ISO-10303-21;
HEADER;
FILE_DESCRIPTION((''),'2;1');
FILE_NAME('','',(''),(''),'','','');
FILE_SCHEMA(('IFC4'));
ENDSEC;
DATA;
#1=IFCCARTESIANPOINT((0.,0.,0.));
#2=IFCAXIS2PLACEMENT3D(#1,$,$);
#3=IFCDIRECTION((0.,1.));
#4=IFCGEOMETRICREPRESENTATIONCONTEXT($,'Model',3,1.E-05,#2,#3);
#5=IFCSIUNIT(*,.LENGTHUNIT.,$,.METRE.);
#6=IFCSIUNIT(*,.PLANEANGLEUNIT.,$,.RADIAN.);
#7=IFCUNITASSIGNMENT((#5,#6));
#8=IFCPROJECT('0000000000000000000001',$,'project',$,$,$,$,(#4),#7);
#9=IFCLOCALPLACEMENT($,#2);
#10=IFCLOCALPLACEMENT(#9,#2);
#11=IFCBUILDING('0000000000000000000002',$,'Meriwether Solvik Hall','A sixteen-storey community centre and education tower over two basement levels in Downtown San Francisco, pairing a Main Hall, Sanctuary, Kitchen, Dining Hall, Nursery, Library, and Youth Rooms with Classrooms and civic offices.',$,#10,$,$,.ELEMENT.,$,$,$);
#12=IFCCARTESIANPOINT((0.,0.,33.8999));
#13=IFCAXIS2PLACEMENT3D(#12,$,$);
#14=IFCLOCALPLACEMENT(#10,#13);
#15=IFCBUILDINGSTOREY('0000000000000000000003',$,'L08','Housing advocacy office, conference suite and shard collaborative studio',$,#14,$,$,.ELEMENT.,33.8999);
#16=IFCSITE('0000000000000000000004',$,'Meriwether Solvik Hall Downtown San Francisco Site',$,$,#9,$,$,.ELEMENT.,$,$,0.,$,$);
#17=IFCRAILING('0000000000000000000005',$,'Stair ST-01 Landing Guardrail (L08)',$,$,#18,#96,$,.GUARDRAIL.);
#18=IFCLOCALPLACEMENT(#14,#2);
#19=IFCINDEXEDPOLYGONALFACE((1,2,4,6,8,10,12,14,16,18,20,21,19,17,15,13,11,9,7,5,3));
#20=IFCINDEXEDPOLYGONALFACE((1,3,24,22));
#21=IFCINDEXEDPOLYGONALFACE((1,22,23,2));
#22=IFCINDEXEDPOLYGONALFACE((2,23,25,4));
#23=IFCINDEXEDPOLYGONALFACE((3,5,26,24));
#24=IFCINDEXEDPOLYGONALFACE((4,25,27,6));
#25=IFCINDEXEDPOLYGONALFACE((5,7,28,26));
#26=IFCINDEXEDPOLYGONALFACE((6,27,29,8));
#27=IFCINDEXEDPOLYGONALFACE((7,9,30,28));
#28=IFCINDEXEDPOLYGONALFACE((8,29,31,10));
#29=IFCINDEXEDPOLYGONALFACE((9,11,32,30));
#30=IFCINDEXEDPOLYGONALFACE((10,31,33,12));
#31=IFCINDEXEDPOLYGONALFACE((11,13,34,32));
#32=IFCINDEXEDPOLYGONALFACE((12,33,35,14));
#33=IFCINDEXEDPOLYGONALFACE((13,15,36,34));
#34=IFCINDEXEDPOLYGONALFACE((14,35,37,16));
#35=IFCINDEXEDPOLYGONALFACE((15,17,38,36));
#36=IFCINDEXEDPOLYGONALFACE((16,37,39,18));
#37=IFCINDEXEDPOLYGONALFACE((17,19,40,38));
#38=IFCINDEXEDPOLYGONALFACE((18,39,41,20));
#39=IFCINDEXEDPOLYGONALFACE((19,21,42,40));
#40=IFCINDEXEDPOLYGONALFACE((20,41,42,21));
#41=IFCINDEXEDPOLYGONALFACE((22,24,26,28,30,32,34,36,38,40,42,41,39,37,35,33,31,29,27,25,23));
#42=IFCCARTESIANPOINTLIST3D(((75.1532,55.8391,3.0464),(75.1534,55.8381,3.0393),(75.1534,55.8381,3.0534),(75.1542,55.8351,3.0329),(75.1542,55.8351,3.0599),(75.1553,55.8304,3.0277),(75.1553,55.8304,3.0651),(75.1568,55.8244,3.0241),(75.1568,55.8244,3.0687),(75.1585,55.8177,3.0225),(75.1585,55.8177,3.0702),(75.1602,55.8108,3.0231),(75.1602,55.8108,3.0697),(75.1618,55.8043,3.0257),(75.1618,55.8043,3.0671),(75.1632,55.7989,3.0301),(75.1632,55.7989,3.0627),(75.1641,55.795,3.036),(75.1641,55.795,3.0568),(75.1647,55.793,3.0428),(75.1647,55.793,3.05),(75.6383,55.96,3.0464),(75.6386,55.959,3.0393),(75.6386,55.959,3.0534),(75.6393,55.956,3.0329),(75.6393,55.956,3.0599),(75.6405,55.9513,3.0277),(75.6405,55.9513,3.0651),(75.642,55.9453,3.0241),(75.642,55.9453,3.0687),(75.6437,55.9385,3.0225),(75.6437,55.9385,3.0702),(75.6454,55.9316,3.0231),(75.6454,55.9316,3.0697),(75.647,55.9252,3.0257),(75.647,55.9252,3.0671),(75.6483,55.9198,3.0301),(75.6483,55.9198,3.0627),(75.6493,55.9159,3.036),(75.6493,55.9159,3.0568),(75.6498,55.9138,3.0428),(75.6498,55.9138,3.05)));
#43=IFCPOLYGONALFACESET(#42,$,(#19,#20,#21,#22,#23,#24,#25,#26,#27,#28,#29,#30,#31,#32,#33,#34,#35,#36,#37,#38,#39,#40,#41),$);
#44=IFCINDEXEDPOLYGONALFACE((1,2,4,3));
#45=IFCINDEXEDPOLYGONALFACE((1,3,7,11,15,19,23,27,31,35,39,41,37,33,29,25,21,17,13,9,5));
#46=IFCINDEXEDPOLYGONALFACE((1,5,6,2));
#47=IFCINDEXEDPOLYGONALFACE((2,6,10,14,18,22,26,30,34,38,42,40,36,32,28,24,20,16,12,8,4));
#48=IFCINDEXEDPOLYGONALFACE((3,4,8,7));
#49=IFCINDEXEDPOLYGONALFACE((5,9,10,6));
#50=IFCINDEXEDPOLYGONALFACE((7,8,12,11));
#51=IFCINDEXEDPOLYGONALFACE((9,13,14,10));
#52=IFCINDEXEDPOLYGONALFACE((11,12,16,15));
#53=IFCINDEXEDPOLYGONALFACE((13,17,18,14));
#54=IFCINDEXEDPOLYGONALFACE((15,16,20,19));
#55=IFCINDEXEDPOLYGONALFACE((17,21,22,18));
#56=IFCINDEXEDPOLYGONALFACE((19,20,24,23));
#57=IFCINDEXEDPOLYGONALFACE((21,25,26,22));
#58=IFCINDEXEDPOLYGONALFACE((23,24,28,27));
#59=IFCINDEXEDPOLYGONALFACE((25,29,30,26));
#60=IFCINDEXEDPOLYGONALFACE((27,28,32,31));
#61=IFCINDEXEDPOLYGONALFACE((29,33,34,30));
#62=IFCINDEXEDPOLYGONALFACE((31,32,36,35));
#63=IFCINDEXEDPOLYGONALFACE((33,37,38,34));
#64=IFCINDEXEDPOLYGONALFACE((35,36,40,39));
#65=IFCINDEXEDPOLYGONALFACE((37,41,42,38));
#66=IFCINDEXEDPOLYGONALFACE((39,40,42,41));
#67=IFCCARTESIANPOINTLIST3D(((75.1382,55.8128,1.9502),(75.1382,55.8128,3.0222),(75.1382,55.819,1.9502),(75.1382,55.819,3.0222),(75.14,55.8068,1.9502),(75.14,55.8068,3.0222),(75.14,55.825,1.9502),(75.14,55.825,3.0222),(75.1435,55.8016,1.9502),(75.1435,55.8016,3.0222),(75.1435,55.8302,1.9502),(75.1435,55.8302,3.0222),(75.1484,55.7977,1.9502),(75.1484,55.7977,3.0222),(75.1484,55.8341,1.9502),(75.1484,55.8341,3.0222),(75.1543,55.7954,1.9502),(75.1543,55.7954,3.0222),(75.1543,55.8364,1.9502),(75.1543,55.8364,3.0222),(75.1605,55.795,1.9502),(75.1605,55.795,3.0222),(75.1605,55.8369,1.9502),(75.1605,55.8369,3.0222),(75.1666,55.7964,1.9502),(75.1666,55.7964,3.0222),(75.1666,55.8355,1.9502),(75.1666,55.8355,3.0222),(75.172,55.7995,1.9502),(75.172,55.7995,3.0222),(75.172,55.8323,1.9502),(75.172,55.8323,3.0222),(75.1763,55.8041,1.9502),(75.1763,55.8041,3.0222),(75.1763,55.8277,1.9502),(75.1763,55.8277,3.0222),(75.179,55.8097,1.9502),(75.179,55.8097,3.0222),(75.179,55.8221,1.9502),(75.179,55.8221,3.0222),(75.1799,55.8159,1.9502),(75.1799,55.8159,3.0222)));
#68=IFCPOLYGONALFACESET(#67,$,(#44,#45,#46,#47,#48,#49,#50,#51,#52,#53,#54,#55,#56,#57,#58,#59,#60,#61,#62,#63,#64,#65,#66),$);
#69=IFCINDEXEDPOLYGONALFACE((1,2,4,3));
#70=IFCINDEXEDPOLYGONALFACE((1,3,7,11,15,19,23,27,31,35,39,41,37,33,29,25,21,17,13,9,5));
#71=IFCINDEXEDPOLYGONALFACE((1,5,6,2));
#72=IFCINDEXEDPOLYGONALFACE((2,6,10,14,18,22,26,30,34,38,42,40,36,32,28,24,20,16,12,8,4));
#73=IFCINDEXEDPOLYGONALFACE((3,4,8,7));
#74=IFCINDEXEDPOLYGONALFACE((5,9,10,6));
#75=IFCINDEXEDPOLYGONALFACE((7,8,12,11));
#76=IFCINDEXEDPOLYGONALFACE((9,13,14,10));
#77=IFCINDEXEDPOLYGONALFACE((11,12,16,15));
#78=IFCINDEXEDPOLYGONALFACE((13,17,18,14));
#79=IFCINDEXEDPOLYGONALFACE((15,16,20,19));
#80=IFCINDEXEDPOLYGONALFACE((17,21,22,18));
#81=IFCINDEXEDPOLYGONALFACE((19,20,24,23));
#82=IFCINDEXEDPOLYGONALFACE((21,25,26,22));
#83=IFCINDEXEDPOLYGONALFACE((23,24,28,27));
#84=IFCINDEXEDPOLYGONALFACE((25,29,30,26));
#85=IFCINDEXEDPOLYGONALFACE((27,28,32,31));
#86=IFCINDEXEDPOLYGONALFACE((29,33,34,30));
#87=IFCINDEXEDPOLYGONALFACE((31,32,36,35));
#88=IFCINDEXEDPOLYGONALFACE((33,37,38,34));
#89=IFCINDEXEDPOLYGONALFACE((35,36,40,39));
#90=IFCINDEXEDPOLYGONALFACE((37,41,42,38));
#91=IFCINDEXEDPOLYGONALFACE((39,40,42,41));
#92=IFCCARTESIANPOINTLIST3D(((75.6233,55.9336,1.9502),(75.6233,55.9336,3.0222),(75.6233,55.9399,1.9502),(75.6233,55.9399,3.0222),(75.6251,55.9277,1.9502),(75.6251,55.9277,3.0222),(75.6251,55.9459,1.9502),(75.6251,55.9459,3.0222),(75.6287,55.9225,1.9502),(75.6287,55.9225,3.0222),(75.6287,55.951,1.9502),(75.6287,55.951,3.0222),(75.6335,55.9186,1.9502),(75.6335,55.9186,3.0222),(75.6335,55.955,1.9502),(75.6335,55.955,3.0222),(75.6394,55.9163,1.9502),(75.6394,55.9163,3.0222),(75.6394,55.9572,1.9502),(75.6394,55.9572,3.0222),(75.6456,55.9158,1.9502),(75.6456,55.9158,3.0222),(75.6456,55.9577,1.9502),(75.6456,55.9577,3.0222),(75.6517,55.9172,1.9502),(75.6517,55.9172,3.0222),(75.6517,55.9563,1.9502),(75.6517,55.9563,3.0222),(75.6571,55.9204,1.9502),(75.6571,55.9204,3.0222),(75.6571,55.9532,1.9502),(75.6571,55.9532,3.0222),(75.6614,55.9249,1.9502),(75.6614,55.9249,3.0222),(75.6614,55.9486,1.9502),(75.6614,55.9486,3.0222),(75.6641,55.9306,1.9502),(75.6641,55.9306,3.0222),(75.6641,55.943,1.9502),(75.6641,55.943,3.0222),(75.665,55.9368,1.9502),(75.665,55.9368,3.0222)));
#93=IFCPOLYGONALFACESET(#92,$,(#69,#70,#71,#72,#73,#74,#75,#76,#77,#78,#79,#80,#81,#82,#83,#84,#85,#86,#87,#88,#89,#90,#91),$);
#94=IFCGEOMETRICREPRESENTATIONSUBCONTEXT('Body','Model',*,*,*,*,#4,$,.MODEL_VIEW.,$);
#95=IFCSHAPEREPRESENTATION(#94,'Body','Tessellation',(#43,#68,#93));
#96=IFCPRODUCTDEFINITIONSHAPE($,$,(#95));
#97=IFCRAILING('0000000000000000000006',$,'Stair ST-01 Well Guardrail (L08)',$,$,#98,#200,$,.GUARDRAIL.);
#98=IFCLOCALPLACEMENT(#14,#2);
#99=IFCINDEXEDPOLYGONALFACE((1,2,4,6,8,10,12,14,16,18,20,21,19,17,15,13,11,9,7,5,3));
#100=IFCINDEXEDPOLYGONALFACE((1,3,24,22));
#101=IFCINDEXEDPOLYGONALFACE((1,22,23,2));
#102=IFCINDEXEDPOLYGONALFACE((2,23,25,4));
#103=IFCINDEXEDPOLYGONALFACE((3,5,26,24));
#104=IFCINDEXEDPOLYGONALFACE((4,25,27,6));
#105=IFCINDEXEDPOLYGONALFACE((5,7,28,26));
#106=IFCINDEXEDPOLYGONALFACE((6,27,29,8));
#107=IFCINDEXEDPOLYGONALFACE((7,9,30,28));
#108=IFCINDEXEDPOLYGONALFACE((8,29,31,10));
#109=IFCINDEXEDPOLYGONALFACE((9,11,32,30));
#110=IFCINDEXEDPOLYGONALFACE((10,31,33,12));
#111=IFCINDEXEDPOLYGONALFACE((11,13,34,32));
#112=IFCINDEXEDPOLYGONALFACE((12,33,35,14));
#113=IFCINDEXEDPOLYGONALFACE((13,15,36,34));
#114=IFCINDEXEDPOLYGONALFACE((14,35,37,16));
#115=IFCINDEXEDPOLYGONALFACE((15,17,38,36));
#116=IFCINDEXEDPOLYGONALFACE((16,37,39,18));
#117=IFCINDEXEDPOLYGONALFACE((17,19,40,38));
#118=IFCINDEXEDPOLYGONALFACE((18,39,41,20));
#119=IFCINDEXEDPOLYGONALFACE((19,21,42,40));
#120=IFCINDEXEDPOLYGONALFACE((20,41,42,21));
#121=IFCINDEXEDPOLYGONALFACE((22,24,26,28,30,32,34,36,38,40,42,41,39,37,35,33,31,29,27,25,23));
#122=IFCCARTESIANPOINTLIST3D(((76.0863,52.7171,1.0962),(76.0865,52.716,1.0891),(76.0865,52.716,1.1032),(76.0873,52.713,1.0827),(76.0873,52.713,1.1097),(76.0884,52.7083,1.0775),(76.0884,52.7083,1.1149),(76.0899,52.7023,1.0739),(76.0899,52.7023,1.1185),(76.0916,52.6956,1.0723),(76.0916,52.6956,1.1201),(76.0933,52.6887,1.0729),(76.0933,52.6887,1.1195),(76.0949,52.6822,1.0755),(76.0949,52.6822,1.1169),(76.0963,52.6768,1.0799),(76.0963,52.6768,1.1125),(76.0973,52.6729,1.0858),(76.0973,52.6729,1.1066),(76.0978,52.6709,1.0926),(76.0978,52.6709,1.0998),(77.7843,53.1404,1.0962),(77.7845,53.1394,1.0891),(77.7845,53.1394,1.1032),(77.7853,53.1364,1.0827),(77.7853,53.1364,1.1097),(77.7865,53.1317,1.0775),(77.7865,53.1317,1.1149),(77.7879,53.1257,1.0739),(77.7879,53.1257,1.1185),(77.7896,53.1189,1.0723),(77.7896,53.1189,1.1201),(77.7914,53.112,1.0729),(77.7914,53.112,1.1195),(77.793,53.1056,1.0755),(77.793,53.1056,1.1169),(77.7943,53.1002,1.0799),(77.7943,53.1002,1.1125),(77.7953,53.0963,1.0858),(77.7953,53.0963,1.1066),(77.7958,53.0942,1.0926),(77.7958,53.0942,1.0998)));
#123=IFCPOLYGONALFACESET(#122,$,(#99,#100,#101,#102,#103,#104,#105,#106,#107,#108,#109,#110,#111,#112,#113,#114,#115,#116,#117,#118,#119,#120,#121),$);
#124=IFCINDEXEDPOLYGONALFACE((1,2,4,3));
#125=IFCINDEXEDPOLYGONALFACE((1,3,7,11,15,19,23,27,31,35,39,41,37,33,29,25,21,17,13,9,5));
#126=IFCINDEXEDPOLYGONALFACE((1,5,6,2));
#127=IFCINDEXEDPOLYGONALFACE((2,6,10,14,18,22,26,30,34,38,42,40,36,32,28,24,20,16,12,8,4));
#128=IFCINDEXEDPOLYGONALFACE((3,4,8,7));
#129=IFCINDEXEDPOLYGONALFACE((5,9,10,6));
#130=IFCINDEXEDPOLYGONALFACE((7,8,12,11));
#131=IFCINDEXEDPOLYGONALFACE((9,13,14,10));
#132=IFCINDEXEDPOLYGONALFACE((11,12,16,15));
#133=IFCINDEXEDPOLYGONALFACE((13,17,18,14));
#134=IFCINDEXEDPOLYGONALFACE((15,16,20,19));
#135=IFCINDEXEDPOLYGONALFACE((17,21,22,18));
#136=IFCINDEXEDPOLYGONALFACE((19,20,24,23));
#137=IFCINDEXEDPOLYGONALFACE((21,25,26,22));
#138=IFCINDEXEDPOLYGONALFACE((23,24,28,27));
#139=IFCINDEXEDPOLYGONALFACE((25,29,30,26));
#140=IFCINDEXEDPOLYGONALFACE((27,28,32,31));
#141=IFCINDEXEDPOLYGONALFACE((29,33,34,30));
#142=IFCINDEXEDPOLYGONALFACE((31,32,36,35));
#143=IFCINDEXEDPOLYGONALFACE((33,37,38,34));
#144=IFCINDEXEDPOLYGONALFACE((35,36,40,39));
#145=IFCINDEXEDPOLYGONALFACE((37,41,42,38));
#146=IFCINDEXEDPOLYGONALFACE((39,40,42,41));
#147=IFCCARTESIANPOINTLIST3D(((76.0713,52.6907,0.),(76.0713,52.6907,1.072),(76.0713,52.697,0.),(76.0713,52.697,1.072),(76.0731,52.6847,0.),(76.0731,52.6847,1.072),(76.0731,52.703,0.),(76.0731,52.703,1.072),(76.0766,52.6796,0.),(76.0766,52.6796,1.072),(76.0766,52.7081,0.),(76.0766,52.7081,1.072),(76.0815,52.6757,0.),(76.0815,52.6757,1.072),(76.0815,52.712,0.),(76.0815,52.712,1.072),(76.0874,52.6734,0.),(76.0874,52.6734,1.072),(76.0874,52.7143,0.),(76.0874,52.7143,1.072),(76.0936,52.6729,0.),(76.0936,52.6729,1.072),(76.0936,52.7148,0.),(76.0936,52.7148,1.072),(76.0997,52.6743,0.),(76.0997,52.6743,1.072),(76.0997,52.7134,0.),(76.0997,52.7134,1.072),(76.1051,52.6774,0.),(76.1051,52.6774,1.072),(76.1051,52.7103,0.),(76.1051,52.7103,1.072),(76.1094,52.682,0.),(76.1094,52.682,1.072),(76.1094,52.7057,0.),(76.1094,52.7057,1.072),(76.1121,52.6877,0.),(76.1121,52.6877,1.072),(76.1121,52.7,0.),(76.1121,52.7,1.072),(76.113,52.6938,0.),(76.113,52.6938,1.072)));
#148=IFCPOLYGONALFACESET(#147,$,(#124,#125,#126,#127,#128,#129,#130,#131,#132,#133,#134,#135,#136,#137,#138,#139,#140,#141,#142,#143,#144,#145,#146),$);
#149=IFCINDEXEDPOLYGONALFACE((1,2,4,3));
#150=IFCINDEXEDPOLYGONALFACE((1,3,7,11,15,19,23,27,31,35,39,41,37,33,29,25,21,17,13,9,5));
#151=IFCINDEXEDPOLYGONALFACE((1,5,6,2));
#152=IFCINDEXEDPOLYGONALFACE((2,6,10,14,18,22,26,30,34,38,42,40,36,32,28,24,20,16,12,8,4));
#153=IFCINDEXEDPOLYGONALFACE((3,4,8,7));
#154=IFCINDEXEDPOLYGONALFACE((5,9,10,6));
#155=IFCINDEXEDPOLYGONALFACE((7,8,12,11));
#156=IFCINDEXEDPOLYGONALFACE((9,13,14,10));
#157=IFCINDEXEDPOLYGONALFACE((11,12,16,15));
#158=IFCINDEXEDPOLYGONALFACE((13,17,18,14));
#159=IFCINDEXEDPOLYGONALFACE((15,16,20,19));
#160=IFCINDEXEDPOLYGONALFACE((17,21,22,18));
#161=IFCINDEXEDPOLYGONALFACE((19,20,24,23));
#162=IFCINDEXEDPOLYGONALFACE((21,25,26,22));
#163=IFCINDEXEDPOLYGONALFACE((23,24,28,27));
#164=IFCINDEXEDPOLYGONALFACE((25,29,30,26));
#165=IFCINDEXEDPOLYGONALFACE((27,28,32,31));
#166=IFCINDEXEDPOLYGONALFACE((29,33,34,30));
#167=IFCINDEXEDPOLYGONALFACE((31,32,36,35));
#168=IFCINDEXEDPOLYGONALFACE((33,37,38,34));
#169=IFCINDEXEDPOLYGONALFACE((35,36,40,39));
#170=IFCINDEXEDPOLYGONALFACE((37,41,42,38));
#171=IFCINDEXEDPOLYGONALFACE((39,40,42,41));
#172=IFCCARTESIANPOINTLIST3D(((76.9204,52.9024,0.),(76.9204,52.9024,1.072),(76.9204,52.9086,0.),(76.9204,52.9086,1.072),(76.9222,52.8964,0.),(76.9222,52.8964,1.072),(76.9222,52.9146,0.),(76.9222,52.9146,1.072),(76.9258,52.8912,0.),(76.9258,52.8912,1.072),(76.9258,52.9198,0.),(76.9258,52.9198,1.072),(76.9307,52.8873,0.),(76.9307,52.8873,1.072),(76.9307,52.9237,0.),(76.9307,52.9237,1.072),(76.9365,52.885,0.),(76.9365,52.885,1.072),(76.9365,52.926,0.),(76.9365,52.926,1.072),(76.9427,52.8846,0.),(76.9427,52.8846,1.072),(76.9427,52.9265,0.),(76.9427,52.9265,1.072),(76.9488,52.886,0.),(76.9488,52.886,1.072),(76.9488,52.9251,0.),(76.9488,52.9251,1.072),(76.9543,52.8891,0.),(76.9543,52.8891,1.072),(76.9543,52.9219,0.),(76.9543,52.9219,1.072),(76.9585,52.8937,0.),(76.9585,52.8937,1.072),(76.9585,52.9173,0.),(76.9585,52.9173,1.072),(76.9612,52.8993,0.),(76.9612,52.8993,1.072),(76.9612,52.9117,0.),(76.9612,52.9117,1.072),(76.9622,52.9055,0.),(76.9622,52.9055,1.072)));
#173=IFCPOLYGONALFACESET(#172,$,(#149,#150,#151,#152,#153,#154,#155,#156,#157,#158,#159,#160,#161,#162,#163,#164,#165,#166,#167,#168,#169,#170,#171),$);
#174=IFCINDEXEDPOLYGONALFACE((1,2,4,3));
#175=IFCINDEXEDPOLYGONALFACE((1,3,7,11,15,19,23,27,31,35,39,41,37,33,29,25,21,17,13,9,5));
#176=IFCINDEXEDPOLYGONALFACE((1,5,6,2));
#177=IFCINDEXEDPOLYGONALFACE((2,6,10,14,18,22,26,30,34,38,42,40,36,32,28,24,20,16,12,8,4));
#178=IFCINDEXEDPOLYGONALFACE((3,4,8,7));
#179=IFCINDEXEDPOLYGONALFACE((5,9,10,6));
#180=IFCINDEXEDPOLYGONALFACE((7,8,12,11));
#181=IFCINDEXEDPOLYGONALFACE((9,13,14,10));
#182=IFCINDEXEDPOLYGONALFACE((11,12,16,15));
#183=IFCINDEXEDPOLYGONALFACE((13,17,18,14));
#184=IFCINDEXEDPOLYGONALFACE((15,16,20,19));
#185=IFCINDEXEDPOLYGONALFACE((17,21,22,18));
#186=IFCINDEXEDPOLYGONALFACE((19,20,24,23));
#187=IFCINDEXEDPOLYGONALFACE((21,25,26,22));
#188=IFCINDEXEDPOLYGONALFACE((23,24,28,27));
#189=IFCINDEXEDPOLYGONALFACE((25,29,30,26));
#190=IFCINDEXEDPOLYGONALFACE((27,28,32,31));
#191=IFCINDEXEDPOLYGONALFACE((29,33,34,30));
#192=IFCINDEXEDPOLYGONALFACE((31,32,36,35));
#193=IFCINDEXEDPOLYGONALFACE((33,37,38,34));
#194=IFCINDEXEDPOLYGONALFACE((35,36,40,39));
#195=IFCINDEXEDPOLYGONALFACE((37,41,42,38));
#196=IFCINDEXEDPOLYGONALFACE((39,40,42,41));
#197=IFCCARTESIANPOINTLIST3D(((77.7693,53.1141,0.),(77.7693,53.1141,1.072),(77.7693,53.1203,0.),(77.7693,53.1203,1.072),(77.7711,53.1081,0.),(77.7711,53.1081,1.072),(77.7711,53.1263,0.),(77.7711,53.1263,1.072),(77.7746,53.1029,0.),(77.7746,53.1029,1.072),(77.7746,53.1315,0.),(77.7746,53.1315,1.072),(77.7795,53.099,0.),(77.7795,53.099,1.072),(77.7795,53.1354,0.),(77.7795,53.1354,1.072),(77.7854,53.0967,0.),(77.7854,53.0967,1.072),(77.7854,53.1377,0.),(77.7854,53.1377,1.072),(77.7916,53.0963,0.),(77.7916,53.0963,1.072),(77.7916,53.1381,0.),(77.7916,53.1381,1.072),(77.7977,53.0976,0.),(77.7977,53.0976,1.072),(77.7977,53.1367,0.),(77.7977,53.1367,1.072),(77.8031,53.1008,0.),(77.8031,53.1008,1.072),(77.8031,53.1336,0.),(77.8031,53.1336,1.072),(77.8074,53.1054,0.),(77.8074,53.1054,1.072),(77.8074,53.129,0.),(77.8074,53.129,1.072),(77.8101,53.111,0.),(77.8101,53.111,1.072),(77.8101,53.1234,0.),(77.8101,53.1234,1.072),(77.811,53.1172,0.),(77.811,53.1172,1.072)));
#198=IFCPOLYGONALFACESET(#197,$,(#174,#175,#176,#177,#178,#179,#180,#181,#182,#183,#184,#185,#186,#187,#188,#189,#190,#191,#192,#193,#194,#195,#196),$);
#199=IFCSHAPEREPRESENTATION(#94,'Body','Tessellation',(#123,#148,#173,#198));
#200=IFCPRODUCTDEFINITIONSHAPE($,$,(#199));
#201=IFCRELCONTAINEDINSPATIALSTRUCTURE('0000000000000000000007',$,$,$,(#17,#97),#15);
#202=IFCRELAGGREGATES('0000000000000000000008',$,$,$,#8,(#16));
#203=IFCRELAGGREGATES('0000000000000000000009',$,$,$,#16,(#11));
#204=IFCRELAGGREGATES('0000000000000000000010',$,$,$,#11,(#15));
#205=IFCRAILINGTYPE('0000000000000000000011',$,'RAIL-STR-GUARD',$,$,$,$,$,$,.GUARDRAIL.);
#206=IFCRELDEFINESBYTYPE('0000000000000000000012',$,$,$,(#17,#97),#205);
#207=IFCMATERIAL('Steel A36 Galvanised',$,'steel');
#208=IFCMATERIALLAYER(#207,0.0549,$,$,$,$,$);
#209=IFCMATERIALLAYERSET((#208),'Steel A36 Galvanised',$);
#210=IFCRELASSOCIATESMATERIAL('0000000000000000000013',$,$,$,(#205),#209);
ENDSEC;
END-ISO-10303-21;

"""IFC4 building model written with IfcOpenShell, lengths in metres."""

from ifc_helpers import new_model, si_unit, direction, frame, origin, origin_2d, place, context, subcontext, project, spatial, circle, extrude, material, layer, layer_set, type_object, element, save


model = new_model("IFC4")

# Units and contexts
model_context = context("Model", 3, precision=1e-05, world=origin(), true_north=direction((0.0, 1.0)))
body_context = subcontext(model_context, "Body", "Model", "MODEL_VIEW")
ifc_project = project(units=[si_unit("LENGTHUNIT", "METRE"), si_unit("PLANEANGLEUNIT", "RADIAN")], contexts=[model_context])

# Site, building, storey
site_placement = place(None, origin())
site = spatial("IfcSite", under=ifc_project, at=site_placement, Name="Meriwether Solvik Hall Downtown San Francisco Site", CompositionType="ELEMENT", RefElevation=0.0)
building_placement = place(site_placement, origin())
building = spatial("IfcBuilding", under=site, at=building_placement, Name="Meriwether Solvik Hall", Description="A sixteen-storey community centre and education tower over two basement levels in Downtown San Francisco, pairing a Main Hall, Sanctuary, Kitchen, Dining Hall, Nursery, Library, and Youth Rooms with Classrooms and civic offices.", CompositionType="ELEMENT")
storey_placement = place(building_placement, frame((0.0, 0.0, 33.8999)))
storey = spatial("IfcBuildingStorey", under=building, at=storey_placement, Name="L08", Description="Housing advocacy office, conference suite and shard collaborative studio", CompositionType="ELEMENT", Elevation=33.8999)

# Railings
ifc_material_1 = material(Name="Steel A36 Galvanised", Category="steel")
ifc_layer_1 = layer(ifc_material_1, 0.0549)
ifc_layer_set_1 = layer_set([ifc_layer_1], Name="Steel A36 Galvanised")
railing_type_1 = type_object("IfcRailingType", Name="RAIL-STR-GUARD", PredefinedType="GUARDRAIL", material=ifc_layer_set_1)
railing_1_placement = place(storey_placement, frame((75.1589, 55.8159, 1.9502)))
element("IfcRailing", 1, at=railing_1_placement, inside=storey, type_object=railing_type_1, Name="Stair ST-01 Landing Guardrail (L08)", PredefinedType="GUARDRAIL", context=body_context, shape_type="SweptSolid", body=[
    extrude(circle(Radius=0.0239, at=origin_2d()), frame((0.0, 0.0, 1.0962), z_axis=(0.970343, 0.241731, 0.0), x_axis=(-0.241731, 0.970343, 0.0)), (0.0, 0.0, 1.0), 0.5),
    extrude(circle(Radius=0.021, at=origin_2d()), origin(), (0.0, 0.0, 1.0), 1.072),
    extrude(circle(Radius=0.021, at=origin_2d()), frame((0.4851, 0.1208, 0.0)), (0.0, 0.0, 1.0), 1.072),
])
railing_2_placement = place(storey_placement, frame((76.092, 52.6938, 0.0)))
element("IfcRailing", 2, at=railing_2_placement, inside=storey, type_object=railing_type_1, Name="Stair ST-01 Well Guardrail (L08)", PredefinedType="GUARDRAIL", context=body_context, shape_type="SweptSolid", body=[
    extrude(circle(Radius=0.0239, at=origin_2d()), frame((0.0, 0.0, 1.0962), z_axis=(0.970298, 0.241912, 0.0), x_axis=(-0.241912, 0.970298, 0.0)), (0.0, 0.0, 1.0), 1.75),
    extrude(circle(Radius=0.021, at=origin_2d()), origin(), (0.0, 0.0, 1.0), 1.072),
    extrude(circle(Radius=0.021, at=origin_2d()), frame((0.8491, 0.2117, 0.0)), (0.0, 0.0, 1.0), 1.072),
    extrude(circle(Radius=0.021, at=origin_2d()), frame((1.698, 0.4233, 0.0)), (0.0, 0.0, 1.0), 1.072),
])

save(model, "model.ifc")
